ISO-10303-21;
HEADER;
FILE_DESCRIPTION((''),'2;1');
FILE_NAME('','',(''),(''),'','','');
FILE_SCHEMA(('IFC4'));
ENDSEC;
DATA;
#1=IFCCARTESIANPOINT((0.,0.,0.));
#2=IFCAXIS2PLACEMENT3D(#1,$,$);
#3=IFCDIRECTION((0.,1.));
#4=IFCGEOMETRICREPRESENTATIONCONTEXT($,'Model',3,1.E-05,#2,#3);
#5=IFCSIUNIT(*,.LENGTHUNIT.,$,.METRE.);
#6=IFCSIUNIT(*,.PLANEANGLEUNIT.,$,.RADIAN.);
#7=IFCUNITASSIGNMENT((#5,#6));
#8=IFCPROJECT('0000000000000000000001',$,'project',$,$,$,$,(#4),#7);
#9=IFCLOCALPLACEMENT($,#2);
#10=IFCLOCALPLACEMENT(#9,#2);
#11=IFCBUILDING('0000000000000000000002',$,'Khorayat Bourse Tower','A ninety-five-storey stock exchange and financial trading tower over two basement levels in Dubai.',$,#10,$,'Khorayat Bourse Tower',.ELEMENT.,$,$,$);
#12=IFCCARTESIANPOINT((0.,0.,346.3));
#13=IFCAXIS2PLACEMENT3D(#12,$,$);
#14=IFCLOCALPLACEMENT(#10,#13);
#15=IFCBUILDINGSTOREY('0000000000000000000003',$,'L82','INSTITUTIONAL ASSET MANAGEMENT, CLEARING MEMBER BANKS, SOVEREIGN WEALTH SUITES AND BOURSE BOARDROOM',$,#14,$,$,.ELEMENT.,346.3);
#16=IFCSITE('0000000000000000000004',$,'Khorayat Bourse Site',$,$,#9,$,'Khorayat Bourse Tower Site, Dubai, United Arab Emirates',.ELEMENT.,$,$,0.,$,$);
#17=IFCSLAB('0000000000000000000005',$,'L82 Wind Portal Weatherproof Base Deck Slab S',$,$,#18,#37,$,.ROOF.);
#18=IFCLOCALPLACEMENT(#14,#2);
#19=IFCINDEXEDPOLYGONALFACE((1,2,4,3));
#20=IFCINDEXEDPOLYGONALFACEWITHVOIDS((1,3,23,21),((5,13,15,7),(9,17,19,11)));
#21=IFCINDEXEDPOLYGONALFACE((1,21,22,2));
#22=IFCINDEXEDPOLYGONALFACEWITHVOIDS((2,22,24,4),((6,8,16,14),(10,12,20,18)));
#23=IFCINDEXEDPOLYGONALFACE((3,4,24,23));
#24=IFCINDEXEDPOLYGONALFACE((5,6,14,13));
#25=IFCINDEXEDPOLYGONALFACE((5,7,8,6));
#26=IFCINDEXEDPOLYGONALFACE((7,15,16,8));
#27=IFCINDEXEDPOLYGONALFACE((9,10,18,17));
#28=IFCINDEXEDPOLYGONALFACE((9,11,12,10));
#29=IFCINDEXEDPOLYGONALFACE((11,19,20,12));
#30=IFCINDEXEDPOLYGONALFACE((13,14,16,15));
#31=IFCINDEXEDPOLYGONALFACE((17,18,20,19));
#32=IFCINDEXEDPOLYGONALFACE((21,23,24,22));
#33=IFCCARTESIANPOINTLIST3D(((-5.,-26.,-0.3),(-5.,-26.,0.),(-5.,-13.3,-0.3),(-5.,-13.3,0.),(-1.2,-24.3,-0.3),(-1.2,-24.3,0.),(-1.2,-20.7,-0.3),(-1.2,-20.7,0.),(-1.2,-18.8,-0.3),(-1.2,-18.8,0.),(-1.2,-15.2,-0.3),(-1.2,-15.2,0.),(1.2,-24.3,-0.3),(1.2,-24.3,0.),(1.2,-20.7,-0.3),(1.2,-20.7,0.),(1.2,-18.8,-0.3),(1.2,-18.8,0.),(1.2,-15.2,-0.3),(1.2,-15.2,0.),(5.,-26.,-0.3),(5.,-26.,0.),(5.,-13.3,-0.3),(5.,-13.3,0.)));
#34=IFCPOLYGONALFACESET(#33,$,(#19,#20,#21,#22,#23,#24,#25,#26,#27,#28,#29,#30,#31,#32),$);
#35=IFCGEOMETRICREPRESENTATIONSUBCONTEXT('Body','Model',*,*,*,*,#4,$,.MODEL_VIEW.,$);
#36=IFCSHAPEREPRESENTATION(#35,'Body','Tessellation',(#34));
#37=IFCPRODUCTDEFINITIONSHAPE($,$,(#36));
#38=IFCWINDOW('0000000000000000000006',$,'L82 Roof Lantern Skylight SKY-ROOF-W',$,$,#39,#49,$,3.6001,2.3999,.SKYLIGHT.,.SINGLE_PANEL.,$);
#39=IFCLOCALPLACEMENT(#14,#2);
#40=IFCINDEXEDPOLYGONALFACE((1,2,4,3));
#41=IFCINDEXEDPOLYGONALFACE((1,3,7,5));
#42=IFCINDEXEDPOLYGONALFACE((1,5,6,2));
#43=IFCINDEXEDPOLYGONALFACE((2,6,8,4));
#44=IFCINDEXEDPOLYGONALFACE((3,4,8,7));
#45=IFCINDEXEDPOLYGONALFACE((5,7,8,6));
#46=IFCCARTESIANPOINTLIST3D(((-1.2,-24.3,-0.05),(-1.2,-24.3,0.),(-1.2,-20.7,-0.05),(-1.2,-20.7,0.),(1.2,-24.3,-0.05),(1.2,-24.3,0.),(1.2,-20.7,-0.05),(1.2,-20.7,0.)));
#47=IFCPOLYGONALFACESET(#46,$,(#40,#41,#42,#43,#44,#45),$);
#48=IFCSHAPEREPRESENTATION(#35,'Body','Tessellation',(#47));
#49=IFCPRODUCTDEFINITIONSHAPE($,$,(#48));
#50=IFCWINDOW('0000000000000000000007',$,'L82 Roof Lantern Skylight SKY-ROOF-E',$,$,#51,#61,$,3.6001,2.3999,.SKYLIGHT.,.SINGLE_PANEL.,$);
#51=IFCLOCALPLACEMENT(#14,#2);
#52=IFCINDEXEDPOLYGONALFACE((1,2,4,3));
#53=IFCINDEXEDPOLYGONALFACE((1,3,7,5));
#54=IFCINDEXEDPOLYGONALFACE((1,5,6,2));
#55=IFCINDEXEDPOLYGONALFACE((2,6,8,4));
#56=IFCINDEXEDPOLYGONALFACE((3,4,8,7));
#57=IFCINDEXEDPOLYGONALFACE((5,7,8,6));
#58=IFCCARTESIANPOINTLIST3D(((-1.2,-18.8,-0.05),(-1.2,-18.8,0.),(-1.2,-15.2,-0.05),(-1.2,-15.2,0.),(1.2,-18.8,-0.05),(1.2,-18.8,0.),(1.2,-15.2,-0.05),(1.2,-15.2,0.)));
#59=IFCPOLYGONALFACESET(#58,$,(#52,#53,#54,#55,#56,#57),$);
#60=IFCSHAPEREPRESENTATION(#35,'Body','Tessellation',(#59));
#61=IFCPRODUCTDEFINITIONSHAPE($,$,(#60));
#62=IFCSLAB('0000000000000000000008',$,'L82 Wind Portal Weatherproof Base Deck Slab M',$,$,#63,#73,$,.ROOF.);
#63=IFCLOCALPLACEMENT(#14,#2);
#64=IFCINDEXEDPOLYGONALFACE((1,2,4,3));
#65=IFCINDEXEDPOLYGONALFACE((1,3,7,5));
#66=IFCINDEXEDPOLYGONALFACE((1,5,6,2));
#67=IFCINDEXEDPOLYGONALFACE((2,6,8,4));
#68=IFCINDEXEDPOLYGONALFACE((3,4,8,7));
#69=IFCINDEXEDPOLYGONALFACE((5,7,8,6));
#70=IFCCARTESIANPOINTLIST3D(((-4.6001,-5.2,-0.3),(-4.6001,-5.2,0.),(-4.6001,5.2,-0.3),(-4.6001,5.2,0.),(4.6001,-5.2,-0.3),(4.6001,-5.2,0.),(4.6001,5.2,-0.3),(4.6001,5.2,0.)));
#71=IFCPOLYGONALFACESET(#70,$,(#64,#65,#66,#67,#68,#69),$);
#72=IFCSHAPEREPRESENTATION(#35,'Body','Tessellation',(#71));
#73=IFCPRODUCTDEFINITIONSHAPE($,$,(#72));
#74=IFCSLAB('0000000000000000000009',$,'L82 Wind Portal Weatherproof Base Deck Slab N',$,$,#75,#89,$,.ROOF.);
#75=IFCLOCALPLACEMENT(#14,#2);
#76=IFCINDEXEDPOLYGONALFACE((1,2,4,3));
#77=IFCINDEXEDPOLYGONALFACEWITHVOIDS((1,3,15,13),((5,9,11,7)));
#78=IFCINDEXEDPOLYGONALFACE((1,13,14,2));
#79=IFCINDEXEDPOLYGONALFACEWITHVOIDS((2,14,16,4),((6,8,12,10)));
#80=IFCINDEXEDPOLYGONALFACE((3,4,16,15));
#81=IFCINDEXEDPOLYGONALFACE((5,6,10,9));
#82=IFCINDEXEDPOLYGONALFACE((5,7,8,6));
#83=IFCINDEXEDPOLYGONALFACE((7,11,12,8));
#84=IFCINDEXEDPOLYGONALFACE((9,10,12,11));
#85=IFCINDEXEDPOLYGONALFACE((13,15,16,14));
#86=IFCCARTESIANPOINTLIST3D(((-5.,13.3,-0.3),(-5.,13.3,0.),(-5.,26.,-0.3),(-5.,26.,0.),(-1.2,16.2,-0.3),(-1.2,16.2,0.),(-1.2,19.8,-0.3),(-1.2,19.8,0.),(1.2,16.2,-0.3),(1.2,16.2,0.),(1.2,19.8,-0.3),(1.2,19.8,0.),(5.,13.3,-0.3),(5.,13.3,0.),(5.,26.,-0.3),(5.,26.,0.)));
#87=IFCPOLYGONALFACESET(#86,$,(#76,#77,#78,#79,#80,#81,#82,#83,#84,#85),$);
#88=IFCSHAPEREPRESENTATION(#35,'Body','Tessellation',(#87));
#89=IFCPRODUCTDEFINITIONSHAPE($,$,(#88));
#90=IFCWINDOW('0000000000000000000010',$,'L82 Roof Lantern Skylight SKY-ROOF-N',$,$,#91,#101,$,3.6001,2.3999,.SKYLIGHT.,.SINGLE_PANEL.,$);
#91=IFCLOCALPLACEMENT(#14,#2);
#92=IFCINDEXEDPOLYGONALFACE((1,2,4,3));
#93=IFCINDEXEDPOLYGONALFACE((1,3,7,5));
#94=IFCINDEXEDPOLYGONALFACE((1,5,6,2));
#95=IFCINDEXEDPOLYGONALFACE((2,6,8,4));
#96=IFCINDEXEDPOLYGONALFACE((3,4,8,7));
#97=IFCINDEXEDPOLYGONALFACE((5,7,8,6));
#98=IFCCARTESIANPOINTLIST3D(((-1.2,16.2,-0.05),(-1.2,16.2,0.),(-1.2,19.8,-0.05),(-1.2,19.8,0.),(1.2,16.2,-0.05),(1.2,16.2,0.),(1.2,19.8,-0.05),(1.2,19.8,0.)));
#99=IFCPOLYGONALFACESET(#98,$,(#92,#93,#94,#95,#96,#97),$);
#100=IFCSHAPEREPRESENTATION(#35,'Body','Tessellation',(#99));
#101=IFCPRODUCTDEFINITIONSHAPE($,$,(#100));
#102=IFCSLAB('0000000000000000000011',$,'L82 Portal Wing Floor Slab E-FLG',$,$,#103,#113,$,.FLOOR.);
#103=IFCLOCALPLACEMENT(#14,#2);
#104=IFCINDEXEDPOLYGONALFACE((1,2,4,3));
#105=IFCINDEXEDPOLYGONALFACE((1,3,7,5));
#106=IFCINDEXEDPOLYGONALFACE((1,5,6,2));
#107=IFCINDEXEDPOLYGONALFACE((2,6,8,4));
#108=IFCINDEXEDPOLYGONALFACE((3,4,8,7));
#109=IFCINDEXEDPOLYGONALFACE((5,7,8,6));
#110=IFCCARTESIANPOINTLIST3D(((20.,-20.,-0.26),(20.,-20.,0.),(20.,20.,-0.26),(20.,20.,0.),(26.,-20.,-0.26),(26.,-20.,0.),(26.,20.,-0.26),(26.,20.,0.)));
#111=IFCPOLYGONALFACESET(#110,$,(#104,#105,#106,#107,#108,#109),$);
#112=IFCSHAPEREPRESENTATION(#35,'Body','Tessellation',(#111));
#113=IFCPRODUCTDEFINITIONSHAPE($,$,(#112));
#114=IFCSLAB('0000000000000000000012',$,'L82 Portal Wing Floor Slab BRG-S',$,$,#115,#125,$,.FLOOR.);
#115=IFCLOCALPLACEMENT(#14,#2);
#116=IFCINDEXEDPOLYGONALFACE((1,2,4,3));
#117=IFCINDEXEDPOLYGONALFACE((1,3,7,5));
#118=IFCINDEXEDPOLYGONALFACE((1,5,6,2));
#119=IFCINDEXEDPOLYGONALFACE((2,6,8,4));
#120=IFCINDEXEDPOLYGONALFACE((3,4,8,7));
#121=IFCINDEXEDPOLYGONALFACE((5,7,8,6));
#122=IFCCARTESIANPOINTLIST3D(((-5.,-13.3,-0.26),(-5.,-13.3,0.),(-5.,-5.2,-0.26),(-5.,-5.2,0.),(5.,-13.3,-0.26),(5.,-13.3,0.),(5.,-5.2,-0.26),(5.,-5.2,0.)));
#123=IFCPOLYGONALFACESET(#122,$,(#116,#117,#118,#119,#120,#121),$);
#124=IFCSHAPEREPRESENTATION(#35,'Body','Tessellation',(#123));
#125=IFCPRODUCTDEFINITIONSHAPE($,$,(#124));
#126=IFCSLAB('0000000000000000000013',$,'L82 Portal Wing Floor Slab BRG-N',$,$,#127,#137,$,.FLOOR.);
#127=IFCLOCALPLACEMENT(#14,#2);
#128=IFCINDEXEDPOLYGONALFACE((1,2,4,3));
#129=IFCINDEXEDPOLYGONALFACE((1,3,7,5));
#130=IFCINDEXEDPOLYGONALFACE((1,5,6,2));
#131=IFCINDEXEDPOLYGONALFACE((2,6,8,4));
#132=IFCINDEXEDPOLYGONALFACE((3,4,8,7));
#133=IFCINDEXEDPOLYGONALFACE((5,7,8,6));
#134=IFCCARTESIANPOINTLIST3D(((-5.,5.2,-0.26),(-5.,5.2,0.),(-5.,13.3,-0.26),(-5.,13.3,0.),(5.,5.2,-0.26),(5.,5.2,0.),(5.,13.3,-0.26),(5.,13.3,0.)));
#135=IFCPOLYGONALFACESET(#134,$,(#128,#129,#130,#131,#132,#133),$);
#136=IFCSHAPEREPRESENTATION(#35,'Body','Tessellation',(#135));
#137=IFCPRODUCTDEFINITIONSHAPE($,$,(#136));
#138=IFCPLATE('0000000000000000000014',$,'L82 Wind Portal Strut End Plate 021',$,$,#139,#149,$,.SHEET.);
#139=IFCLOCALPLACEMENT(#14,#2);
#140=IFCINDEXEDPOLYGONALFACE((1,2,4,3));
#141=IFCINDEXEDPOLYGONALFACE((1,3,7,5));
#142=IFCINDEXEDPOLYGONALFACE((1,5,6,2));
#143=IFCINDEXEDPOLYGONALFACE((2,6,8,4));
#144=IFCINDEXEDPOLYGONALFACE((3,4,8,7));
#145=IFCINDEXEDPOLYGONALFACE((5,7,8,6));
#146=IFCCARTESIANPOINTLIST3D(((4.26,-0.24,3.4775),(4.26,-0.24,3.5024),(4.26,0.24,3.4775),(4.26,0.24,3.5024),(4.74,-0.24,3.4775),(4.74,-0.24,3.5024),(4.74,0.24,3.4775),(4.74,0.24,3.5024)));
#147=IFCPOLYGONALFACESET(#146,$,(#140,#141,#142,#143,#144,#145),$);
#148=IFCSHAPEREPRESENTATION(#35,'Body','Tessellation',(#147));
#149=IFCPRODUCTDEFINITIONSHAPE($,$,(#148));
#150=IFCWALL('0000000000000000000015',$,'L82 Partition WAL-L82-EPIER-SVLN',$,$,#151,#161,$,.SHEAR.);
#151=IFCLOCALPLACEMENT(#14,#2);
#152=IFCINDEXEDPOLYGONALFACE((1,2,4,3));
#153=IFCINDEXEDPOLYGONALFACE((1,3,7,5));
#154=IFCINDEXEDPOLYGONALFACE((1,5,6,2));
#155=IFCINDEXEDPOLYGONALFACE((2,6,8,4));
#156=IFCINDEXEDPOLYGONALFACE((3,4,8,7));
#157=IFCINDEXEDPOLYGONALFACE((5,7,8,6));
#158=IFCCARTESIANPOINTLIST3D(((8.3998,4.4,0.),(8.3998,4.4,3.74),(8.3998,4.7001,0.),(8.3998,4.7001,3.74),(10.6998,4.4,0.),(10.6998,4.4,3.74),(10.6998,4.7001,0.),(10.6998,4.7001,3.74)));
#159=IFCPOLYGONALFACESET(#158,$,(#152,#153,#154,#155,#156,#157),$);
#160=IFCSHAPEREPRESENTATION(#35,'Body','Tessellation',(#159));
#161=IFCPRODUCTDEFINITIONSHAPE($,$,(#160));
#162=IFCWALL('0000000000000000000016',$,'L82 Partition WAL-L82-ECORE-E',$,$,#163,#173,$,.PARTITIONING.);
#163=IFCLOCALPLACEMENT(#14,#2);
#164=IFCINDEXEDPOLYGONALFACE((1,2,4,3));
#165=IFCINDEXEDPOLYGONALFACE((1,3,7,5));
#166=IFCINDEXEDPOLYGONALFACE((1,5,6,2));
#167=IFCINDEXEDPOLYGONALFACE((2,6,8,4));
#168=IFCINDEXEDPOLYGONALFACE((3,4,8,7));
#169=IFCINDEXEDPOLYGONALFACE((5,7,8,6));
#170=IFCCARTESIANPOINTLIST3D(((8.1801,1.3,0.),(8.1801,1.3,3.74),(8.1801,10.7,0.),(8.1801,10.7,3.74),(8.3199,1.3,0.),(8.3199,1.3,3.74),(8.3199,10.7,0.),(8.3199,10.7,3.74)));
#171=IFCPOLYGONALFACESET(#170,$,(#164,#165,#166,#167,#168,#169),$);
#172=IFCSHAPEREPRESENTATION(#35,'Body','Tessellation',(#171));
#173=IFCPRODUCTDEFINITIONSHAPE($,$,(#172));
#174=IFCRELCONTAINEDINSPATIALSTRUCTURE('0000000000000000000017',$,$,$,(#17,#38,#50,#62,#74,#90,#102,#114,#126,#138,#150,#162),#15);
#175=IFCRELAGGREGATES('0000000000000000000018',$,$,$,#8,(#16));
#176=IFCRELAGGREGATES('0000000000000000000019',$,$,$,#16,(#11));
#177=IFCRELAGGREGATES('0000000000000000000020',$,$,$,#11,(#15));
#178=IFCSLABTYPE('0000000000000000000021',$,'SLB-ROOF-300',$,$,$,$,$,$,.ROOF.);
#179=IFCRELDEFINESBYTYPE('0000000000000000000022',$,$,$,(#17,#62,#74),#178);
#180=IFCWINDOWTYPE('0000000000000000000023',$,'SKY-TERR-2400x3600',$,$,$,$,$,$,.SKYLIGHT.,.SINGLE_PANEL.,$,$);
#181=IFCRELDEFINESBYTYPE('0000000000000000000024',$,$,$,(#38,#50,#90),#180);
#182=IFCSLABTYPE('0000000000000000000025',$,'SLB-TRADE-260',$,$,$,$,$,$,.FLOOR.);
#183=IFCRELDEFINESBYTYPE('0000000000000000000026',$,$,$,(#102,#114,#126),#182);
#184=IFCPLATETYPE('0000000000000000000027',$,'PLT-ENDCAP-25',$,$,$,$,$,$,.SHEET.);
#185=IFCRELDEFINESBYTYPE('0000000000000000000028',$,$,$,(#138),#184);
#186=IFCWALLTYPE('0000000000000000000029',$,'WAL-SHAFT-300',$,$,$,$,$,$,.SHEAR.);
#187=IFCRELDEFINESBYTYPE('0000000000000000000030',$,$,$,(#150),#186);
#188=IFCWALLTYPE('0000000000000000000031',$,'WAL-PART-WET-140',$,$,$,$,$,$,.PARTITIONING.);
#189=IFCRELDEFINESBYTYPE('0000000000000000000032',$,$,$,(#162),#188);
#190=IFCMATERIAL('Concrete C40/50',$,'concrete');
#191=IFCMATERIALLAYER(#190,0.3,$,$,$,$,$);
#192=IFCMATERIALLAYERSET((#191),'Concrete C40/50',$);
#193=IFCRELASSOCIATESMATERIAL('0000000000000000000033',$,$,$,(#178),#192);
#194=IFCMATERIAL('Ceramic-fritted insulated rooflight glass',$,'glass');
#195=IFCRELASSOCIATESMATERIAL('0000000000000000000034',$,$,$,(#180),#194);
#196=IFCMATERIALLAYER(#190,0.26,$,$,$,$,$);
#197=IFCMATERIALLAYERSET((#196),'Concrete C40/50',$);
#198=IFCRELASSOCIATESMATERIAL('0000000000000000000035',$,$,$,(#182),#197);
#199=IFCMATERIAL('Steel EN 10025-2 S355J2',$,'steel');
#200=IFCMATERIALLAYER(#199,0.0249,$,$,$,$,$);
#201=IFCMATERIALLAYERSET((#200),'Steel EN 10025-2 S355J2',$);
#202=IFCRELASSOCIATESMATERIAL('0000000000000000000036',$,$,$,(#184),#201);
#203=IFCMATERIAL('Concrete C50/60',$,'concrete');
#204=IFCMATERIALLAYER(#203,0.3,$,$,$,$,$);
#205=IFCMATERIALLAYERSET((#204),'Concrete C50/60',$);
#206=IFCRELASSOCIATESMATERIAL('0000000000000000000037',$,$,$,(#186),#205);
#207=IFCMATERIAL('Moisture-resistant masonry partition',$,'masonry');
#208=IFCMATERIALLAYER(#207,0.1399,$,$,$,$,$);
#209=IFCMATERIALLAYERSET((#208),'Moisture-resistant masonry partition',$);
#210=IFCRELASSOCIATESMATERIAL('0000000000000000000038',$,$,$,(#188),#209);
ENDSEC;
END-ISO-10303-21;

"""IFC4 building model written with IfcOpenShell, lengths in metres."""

from ifc_helpers import new_model, si_unit, direction, frame, frame_2d, origin, origin_2d, place, context, subcontext, project, spatial, polyline, rectangle, outline, extrude, source, transform, mapped, material, layer, layer_set, type_object, element, fill, save


model = new_model("IFC4")

# Units and contexts
model_context = context("Model", 3, precision=1e-05, world=origin(), true_north=direction((0.0, 1.0)))
body_context = subcontext(model_context, "Body", "Model", "MODEL_VIEW")
ifc_project = project(units=[si_unit("LENGTHUNIT", "METRE"), si_unit("PLANEANGLEUNIT", "RADIAN")], contexts=[model_context])

# Site, building, storey
site_placement = place(None, origin())
site = spatial("IfcSite", under=ifc_project, at=site_placement, Name="Khorayat Bourse Site", LongName="Khorayat Bourse Tower Site, Dubai, United Arab Emirates", CompositionType="ELEMENT", RefElevation=0.0)
building_placement = place(site_placement, origin())
building = spatial("IfcBuilding", under=site, at=building_placement, Name="Khorayat Bourse Tower", Description="A ninety-five-storey stock exchange and financial trading tower over two basement levels in Dubai.", LongName="Khorayat Bourse Tower", CompositionType="ELEMENT")
storey_placement = place(building_placement, frame((0.0, 0.0, 346.3)))
storey = spatial("IfcBuildingStorey", under=building, at=storey_placement, Name="L82", Description="INSTITUTIONAL ASSET MANAGEMENT, CLEARING MEMBER BANKS, SOVEREIGN WEALTH SUITES AND BOURSE BOARDROOM", CompositionType="ELEMENT", Elevation=346.3)

# Shared definitions
ifc_material_1 = material(Name="Steel EN 10025-2 S355J2", Category="steel")

# Shared definitions
ifc_material_2 = material(Name="Concrete C40/50", Category="concrete")

# Slab, openings, windows
ifc_layer_1 = layer(ifc_material_2, 0.3)
ifc_layer_set_1 = layer_set([ifc_layer_1], Name="Concrete C40/50")
slab_type_1 = type_object("IfcSlabType", Name="SLB-ROOF-300", PredefinedType="ROOF", material=ifc_layer_set_1)
slab_1_placement = place(storey_placement, frame((0.0, 0.0, -0.3)))
slab_1 = element("IfcSlab", 1, at=slab_1_placement, inside=storey, type_object=slab_type_1, Name="L82 Wind Portal Weatherproof Base Deck Slab S", PredefinedType="ROOF", context=body_context, shape_type="SweptSolid", body=[
    extrude(outline(polyline([(-5.0, -26.0), (5.0, -26.0), (5.0, -13.3), (-5.0, -13.3), (-5.0, -26.0)]), holes=[polyline([(-1.2, -24.3), (1.2, -24.3), (1.2, -20.7), (-1.2, -20.7), (-1.2, -24.3)]), polyline([(-1.2, -18.8), (1.2, -18.8), (1.2, -15.2), (-1.2, -15.2), (-1.2, -18.8)])]), origin(), (0.0, 0.0, 1.0), 0.3),
])
opening_1_placement = place(slab_1_placement, frame((0.0, -22.5, 0.0)))
opening_1 = element("IfcOpeningElement", 2, at=opening_1_placement, cuts=slab_1, PredefinedType="OPENING", context=body_context, shape_type="SweptSolid", body=[
    extrude(rectangle(XDim=2.3999, YDim=3.6001, at=origin_2d()), origin(), (0.0, 0.0, 1.0), 0.3),
])
opening_2_placement = place(slab_1_placement, frame((0.0, -17.0, 0.0)))
opening_2 = element("IfcOpeningElement", 3, at=opening_2_placement, cuts=slab_1, PredefinedType="OPENING", context=body_context, shape_type="SweptSolid", body=[
    extrude(rectangle(XDim=2.3999, YDim=3.6001, at=origin_2d()), origin(), (0.0, 0.0, 1.0), 0.3),
])
ifc_material_3 = material(Name="Ceramic-fritted insulated rooflight glass", Category="glass")
window_type = type_object("IfcWindowType", Name="SKY-TERR-2400x3600", PartitioningType="SINGLE_PANEL", PredefinedType="SKYLIGHT", material=ifc_material_3)
window_1_placement = place(opening_1_placement, frame((0.0, 0.0, 0.25)))
window_1 = element("IfcWindow", 4, at=window_1_placement, inside=storey, type_object=window_type, Name="L82 Roof Lantern Skylight SKY-ROOF-W", OverallHeight=3.6001, OverallWidth=2.3999, PartitioningType="SINGLE_PANEL", PredefinedType="SKYLIGHT", context=body_context, shape_type="SweptSolid", body=[
    extrude(rectangle(XDim=2.3999, YDim=3.6001, at=origin_2d()), origin(), (0.0, 0.0, 1.0), 0.05),
])
fill(opening_1, window_1)
window_2_placement = place(opening_2_placement, frame((0.0, 0.0, 0.25)))
window_2 = element("IfcWindow", 5, at=window_2_placement, inside=storey, type_object=window_type, Name="L82 Roof Lantern Skylight SKY-ROOF-E", OverallHeight=3.6001, OverallWidth=2.3999, PartitioningType="SINGLE_PANEL", PredefinedType="SKYLIGHT", context=body_context, shape_type="SweptSolid", body=[
    extrude(rectangle(XDim=2.3999, YDim=3.6001, at=origin_2d()), origin(), (0.0, 0.0, 1.0), 0.05),
])
fill(opening_2, window_2)

# Slab
slab_2_placement = place(storey_placement, frame((0.0, 0.0, -0.3)))
element("IfcSlab", 6, at=slab_2_placement, inside=storey, type_object=slab_type_1, Name="L82 Wind Portal Weatherproof Base Deck Slab M", PredefinedType="ROOF", context=body_context, shape_type="SweptSolid", body=[
    extrude(outline(polyline([(-4.6001, -5.2), (4.6001, -5.2), (4.6001, 5.2), (-4.6001, 5.2), (-4.6001, -5.2)])), origin(), (0.0, 0.0, 1.0), 0.3),
])

# Slab, opening, window
slab_3_placement = place(storey_placement, frame((0.0, 0.0, -0.3)))
slab_3 = element("IfcSlab", 7, at=slab_3_placement, inside=storey, type_object=slab_type_1, Name="L82 Wind Portal Weatherproof Base Deck Slab N", PredefinedType="ROOF", context=body_context, shape_type="SweptSolid", body=[
    extrude(outline(polyline([(-5.0, 13.3), (5.0, 13.3), (5.0, 26.0), (-5.0, 26.0), (-5.0, 13.3)]), holes=[polyline([(-1.2, 16.2), (1.2, 16.2), (1.2, 19.8), (-1.2, 19.8), (-1.2, 16.2)])]), origin(), (0.0, 0.0, 1.0), 0.3),
])
opening_3_placement = place(slab_3_placement, frame((0.0, 18.0, 0.0)))
opening_3 = element("IfcOpeningElement", 8, at=opening_3_placement, cuts=slab_3, PredefinedType="OPENING", context=body_context, shape_type="SweptSolid", body=[
    extrude(rectangle(XDim=2.3999, YDim=3.6001, at=origin_2d()), origin(), (0.0, 0.0, 1.0), 0.3),
])
window_3_placement = place(opening_3_placement, frame((0.0, 0.0, 0.25)))
window_3 = element("IfcWindow", 9, at=window_3_placement, inside=storey, type_object=window_type, Name="L82 Roof Lantern Skylight SKY-ROOF-N", OverallHeight=3.6001, OverallWidth=2.3999, PartitioningType="SINGLE_PANEL", PredefinedType="SKYLIGHT", context=body_context, shape_type="SweptSolid", body=[
    extrude(rectangle(XDim=2.3999, YDim=3.6001, at=origin_2d()), origin(), (0.0, 0.0, 1.0), 0.05),
])
fill(opening_3, window_3)

# Slabs
ifc_layer_2 = layer(ifc_material_2, 0.26)
ifc_layer_set_2 = layer_set([ifc_layer_2], Name="Concrete C40/50")
slab_type_2 = type_object("IfcSlabType", Name="SLB-TRADE-260", PredefinedType="FLOOR", material=ifc_layer_set_2)
slab_4_placement = place(storey_placement, frame((0.0, 0.0, -0.26)))
element("IfcSlab", 10, at=slab_4_placement, inside=storey, type_object=slab_type_2, Name="L82 Portal Wing Floor Slab E-FLG", PredefinedType="FLOOR", context=body_context, shape_type="SweptSolid", body=[
    extrude(outline(polyline([(20.0, -20.0), (26.0, -20.0), (26.0, 20.0), (20.0, 20.0), (20.0, -20.0)])), origin(), (0.0, 0.0, 1.0), 0.26),
])
slab_5_placement = place(storey_placement, frame((0.0, 0.0, -0.26)))
element("IfcSlab", 11, at=slab_5_placement, inside=storey, type_object=slab_type_2, Name="L82 Portal Wing Floor Slab BRG-S", PredefinedType="FLOOR", context=body_context, shape_type="SweptSolid", body=[
    extrude(outline(polyline([(-5.0, -13.3), (5.0, -13.3), (5.0, -5.2), (-5.0, -5.2), (-5.0, -13.3)])), origin(), (0.0, 0.0, 1.0), 0.26),
])
slab_6_placement = place(storey_placement, frame((0.0, 0.0, -0.26)))
element("IfcSlab", 12, at=slab_6_placement, inside=storey, type_object=slab_type_2, Name="L82 Portal Wing Floor Slab BRG-N", PredefinedType="FLOOR", context=body_context, shape_type="SweptSolid", body=[
    extrude(outline(polyline([(-5.0, 5.2), (5.0, 5.2), (5.0, 13.3), (-5.0, 13.3), (-5.0, 5.2)])), origin(), (0.0, 0.0, 1.0), 0.26),
])

# Plate
ifc_layer_3 = layer(ifc_material_1, 0.0249)
ifc_layer_set_3 = layer_set([ifc_layer_3], Name="Steel EN 10025-2 S355J2")
plate_type = type_object("IfcPlateType", Name="PLT-ENDCAP-25", PredefinedType="SHEET", material=ifc_layer_set_3)
shared_shape_1 = source(origin(), body_context, "Body", "SweptSolid", [
    extrude(rectangle(XDim=0.48, YDim=0.48, at=origin_2d()), origin(), (0.0, 0.0, 1.0), 0.0249),
])
plate_placement = place(storey_placement, frame((4.5, 0.0, 3.4775), z_axis=(0.0, 0.0, 1.0), x_axis=(1.0, 0.0, 0.0)))
element("IfcPlate", 13, at=plate_placement, inside=storey, type_object=plate_type, Name="L82 Wind Portal Strut End Plate 021", PredefinedType="SHEET", context=body_context, shape_type="MappedRepresentation", body=[
    mapped(shared_shape_1, transform((0.0, 0.0, 0.0), scale=1.0)),
])

# Walls
ifc_material_4 = material(Name="Concrete C50/60", Category="concrete")
ifc_layer_4 = layer(ifc_material_4, 0.3)
ifc_layer_set_4 = layer_set([ifc_layer_4], Name="Concrete C50/60")
wall_type_1 = type_object("IfcWallType", Name="WAL-SHAFT-300", PredefinedType="SHEAR", material=ifc_layer_set_4)
shared_shape_2 = source(origin(), body_context, "Body", "SweptSolid", [
    extrude(rectangle(XDim=2.3, YDim=0.3, at=frame_2d((1.1499, 0.0))), origin(), (0.0, 0.0, 1.0), 3.74),
])
wall_1_placement = place(storey_placement, frame((8.3999, 4.55, 0.0), z_axis=(0.0, 0.0, 1.0), x_axis=(1.0, 0.0, 0.0)))
element("IfcWall", 14, at=wall_1_placement, inside=storey, type_object=wall_type_1, Name="L82 Partition WAL-L82-EPIER-SVLN", PredefinedType="SHEAR", context=body_context, shape_type="MappedRepresentation", body=[
    mapped(shared_shape_2, transform((0.0, 0.0, 0.0), scale=1.0)),
])
ifc_material_5 = material(Name="Moisture-resistant masonry partition", Category="masonry")
ifc_layer_5 = layer(ifc_material_5, 0.1399)
ifc_layer_set_5 = layer_set([ifc_layer_5], Name="Moisture-resistant masonry partition")
wall_type_2 = type_object("IfcWallType", Name="WAL-PART-WET-140", PredefinedType="PARTITIONING", material=ifc_layer_set_5)
shared_shape_3 = source(origin(), body_context, "Body", "SweptSolid", [
    extrude(rectangle(XDim=9.3999, YDim=0.1399, at=frame_2d((4.7, 0.0))), origin(), (0.0, 0.0, 1.0), 3.74),
])
wall_2_placement = place(storey_placement, frame((8.25, 1.3, 0.0), z_axis=(0.0, 0.0, 1.0), x_axis=(0.0, 1.0, 0.0)))
element("IfcWall", 15, at=wall_2_placement, inside=storey, type_object=wall_type_2, Name="L82 Partition WAL-L82-ECORE-E", PredefinedType="PARTITIONING", context=body_context, shape_type="MappedRepresentation", body=[
    mapped(shared_shape_3, transform((0.0, 0.0, 0.0), scale=1.0)),
])

save(model, "model.ifc")
